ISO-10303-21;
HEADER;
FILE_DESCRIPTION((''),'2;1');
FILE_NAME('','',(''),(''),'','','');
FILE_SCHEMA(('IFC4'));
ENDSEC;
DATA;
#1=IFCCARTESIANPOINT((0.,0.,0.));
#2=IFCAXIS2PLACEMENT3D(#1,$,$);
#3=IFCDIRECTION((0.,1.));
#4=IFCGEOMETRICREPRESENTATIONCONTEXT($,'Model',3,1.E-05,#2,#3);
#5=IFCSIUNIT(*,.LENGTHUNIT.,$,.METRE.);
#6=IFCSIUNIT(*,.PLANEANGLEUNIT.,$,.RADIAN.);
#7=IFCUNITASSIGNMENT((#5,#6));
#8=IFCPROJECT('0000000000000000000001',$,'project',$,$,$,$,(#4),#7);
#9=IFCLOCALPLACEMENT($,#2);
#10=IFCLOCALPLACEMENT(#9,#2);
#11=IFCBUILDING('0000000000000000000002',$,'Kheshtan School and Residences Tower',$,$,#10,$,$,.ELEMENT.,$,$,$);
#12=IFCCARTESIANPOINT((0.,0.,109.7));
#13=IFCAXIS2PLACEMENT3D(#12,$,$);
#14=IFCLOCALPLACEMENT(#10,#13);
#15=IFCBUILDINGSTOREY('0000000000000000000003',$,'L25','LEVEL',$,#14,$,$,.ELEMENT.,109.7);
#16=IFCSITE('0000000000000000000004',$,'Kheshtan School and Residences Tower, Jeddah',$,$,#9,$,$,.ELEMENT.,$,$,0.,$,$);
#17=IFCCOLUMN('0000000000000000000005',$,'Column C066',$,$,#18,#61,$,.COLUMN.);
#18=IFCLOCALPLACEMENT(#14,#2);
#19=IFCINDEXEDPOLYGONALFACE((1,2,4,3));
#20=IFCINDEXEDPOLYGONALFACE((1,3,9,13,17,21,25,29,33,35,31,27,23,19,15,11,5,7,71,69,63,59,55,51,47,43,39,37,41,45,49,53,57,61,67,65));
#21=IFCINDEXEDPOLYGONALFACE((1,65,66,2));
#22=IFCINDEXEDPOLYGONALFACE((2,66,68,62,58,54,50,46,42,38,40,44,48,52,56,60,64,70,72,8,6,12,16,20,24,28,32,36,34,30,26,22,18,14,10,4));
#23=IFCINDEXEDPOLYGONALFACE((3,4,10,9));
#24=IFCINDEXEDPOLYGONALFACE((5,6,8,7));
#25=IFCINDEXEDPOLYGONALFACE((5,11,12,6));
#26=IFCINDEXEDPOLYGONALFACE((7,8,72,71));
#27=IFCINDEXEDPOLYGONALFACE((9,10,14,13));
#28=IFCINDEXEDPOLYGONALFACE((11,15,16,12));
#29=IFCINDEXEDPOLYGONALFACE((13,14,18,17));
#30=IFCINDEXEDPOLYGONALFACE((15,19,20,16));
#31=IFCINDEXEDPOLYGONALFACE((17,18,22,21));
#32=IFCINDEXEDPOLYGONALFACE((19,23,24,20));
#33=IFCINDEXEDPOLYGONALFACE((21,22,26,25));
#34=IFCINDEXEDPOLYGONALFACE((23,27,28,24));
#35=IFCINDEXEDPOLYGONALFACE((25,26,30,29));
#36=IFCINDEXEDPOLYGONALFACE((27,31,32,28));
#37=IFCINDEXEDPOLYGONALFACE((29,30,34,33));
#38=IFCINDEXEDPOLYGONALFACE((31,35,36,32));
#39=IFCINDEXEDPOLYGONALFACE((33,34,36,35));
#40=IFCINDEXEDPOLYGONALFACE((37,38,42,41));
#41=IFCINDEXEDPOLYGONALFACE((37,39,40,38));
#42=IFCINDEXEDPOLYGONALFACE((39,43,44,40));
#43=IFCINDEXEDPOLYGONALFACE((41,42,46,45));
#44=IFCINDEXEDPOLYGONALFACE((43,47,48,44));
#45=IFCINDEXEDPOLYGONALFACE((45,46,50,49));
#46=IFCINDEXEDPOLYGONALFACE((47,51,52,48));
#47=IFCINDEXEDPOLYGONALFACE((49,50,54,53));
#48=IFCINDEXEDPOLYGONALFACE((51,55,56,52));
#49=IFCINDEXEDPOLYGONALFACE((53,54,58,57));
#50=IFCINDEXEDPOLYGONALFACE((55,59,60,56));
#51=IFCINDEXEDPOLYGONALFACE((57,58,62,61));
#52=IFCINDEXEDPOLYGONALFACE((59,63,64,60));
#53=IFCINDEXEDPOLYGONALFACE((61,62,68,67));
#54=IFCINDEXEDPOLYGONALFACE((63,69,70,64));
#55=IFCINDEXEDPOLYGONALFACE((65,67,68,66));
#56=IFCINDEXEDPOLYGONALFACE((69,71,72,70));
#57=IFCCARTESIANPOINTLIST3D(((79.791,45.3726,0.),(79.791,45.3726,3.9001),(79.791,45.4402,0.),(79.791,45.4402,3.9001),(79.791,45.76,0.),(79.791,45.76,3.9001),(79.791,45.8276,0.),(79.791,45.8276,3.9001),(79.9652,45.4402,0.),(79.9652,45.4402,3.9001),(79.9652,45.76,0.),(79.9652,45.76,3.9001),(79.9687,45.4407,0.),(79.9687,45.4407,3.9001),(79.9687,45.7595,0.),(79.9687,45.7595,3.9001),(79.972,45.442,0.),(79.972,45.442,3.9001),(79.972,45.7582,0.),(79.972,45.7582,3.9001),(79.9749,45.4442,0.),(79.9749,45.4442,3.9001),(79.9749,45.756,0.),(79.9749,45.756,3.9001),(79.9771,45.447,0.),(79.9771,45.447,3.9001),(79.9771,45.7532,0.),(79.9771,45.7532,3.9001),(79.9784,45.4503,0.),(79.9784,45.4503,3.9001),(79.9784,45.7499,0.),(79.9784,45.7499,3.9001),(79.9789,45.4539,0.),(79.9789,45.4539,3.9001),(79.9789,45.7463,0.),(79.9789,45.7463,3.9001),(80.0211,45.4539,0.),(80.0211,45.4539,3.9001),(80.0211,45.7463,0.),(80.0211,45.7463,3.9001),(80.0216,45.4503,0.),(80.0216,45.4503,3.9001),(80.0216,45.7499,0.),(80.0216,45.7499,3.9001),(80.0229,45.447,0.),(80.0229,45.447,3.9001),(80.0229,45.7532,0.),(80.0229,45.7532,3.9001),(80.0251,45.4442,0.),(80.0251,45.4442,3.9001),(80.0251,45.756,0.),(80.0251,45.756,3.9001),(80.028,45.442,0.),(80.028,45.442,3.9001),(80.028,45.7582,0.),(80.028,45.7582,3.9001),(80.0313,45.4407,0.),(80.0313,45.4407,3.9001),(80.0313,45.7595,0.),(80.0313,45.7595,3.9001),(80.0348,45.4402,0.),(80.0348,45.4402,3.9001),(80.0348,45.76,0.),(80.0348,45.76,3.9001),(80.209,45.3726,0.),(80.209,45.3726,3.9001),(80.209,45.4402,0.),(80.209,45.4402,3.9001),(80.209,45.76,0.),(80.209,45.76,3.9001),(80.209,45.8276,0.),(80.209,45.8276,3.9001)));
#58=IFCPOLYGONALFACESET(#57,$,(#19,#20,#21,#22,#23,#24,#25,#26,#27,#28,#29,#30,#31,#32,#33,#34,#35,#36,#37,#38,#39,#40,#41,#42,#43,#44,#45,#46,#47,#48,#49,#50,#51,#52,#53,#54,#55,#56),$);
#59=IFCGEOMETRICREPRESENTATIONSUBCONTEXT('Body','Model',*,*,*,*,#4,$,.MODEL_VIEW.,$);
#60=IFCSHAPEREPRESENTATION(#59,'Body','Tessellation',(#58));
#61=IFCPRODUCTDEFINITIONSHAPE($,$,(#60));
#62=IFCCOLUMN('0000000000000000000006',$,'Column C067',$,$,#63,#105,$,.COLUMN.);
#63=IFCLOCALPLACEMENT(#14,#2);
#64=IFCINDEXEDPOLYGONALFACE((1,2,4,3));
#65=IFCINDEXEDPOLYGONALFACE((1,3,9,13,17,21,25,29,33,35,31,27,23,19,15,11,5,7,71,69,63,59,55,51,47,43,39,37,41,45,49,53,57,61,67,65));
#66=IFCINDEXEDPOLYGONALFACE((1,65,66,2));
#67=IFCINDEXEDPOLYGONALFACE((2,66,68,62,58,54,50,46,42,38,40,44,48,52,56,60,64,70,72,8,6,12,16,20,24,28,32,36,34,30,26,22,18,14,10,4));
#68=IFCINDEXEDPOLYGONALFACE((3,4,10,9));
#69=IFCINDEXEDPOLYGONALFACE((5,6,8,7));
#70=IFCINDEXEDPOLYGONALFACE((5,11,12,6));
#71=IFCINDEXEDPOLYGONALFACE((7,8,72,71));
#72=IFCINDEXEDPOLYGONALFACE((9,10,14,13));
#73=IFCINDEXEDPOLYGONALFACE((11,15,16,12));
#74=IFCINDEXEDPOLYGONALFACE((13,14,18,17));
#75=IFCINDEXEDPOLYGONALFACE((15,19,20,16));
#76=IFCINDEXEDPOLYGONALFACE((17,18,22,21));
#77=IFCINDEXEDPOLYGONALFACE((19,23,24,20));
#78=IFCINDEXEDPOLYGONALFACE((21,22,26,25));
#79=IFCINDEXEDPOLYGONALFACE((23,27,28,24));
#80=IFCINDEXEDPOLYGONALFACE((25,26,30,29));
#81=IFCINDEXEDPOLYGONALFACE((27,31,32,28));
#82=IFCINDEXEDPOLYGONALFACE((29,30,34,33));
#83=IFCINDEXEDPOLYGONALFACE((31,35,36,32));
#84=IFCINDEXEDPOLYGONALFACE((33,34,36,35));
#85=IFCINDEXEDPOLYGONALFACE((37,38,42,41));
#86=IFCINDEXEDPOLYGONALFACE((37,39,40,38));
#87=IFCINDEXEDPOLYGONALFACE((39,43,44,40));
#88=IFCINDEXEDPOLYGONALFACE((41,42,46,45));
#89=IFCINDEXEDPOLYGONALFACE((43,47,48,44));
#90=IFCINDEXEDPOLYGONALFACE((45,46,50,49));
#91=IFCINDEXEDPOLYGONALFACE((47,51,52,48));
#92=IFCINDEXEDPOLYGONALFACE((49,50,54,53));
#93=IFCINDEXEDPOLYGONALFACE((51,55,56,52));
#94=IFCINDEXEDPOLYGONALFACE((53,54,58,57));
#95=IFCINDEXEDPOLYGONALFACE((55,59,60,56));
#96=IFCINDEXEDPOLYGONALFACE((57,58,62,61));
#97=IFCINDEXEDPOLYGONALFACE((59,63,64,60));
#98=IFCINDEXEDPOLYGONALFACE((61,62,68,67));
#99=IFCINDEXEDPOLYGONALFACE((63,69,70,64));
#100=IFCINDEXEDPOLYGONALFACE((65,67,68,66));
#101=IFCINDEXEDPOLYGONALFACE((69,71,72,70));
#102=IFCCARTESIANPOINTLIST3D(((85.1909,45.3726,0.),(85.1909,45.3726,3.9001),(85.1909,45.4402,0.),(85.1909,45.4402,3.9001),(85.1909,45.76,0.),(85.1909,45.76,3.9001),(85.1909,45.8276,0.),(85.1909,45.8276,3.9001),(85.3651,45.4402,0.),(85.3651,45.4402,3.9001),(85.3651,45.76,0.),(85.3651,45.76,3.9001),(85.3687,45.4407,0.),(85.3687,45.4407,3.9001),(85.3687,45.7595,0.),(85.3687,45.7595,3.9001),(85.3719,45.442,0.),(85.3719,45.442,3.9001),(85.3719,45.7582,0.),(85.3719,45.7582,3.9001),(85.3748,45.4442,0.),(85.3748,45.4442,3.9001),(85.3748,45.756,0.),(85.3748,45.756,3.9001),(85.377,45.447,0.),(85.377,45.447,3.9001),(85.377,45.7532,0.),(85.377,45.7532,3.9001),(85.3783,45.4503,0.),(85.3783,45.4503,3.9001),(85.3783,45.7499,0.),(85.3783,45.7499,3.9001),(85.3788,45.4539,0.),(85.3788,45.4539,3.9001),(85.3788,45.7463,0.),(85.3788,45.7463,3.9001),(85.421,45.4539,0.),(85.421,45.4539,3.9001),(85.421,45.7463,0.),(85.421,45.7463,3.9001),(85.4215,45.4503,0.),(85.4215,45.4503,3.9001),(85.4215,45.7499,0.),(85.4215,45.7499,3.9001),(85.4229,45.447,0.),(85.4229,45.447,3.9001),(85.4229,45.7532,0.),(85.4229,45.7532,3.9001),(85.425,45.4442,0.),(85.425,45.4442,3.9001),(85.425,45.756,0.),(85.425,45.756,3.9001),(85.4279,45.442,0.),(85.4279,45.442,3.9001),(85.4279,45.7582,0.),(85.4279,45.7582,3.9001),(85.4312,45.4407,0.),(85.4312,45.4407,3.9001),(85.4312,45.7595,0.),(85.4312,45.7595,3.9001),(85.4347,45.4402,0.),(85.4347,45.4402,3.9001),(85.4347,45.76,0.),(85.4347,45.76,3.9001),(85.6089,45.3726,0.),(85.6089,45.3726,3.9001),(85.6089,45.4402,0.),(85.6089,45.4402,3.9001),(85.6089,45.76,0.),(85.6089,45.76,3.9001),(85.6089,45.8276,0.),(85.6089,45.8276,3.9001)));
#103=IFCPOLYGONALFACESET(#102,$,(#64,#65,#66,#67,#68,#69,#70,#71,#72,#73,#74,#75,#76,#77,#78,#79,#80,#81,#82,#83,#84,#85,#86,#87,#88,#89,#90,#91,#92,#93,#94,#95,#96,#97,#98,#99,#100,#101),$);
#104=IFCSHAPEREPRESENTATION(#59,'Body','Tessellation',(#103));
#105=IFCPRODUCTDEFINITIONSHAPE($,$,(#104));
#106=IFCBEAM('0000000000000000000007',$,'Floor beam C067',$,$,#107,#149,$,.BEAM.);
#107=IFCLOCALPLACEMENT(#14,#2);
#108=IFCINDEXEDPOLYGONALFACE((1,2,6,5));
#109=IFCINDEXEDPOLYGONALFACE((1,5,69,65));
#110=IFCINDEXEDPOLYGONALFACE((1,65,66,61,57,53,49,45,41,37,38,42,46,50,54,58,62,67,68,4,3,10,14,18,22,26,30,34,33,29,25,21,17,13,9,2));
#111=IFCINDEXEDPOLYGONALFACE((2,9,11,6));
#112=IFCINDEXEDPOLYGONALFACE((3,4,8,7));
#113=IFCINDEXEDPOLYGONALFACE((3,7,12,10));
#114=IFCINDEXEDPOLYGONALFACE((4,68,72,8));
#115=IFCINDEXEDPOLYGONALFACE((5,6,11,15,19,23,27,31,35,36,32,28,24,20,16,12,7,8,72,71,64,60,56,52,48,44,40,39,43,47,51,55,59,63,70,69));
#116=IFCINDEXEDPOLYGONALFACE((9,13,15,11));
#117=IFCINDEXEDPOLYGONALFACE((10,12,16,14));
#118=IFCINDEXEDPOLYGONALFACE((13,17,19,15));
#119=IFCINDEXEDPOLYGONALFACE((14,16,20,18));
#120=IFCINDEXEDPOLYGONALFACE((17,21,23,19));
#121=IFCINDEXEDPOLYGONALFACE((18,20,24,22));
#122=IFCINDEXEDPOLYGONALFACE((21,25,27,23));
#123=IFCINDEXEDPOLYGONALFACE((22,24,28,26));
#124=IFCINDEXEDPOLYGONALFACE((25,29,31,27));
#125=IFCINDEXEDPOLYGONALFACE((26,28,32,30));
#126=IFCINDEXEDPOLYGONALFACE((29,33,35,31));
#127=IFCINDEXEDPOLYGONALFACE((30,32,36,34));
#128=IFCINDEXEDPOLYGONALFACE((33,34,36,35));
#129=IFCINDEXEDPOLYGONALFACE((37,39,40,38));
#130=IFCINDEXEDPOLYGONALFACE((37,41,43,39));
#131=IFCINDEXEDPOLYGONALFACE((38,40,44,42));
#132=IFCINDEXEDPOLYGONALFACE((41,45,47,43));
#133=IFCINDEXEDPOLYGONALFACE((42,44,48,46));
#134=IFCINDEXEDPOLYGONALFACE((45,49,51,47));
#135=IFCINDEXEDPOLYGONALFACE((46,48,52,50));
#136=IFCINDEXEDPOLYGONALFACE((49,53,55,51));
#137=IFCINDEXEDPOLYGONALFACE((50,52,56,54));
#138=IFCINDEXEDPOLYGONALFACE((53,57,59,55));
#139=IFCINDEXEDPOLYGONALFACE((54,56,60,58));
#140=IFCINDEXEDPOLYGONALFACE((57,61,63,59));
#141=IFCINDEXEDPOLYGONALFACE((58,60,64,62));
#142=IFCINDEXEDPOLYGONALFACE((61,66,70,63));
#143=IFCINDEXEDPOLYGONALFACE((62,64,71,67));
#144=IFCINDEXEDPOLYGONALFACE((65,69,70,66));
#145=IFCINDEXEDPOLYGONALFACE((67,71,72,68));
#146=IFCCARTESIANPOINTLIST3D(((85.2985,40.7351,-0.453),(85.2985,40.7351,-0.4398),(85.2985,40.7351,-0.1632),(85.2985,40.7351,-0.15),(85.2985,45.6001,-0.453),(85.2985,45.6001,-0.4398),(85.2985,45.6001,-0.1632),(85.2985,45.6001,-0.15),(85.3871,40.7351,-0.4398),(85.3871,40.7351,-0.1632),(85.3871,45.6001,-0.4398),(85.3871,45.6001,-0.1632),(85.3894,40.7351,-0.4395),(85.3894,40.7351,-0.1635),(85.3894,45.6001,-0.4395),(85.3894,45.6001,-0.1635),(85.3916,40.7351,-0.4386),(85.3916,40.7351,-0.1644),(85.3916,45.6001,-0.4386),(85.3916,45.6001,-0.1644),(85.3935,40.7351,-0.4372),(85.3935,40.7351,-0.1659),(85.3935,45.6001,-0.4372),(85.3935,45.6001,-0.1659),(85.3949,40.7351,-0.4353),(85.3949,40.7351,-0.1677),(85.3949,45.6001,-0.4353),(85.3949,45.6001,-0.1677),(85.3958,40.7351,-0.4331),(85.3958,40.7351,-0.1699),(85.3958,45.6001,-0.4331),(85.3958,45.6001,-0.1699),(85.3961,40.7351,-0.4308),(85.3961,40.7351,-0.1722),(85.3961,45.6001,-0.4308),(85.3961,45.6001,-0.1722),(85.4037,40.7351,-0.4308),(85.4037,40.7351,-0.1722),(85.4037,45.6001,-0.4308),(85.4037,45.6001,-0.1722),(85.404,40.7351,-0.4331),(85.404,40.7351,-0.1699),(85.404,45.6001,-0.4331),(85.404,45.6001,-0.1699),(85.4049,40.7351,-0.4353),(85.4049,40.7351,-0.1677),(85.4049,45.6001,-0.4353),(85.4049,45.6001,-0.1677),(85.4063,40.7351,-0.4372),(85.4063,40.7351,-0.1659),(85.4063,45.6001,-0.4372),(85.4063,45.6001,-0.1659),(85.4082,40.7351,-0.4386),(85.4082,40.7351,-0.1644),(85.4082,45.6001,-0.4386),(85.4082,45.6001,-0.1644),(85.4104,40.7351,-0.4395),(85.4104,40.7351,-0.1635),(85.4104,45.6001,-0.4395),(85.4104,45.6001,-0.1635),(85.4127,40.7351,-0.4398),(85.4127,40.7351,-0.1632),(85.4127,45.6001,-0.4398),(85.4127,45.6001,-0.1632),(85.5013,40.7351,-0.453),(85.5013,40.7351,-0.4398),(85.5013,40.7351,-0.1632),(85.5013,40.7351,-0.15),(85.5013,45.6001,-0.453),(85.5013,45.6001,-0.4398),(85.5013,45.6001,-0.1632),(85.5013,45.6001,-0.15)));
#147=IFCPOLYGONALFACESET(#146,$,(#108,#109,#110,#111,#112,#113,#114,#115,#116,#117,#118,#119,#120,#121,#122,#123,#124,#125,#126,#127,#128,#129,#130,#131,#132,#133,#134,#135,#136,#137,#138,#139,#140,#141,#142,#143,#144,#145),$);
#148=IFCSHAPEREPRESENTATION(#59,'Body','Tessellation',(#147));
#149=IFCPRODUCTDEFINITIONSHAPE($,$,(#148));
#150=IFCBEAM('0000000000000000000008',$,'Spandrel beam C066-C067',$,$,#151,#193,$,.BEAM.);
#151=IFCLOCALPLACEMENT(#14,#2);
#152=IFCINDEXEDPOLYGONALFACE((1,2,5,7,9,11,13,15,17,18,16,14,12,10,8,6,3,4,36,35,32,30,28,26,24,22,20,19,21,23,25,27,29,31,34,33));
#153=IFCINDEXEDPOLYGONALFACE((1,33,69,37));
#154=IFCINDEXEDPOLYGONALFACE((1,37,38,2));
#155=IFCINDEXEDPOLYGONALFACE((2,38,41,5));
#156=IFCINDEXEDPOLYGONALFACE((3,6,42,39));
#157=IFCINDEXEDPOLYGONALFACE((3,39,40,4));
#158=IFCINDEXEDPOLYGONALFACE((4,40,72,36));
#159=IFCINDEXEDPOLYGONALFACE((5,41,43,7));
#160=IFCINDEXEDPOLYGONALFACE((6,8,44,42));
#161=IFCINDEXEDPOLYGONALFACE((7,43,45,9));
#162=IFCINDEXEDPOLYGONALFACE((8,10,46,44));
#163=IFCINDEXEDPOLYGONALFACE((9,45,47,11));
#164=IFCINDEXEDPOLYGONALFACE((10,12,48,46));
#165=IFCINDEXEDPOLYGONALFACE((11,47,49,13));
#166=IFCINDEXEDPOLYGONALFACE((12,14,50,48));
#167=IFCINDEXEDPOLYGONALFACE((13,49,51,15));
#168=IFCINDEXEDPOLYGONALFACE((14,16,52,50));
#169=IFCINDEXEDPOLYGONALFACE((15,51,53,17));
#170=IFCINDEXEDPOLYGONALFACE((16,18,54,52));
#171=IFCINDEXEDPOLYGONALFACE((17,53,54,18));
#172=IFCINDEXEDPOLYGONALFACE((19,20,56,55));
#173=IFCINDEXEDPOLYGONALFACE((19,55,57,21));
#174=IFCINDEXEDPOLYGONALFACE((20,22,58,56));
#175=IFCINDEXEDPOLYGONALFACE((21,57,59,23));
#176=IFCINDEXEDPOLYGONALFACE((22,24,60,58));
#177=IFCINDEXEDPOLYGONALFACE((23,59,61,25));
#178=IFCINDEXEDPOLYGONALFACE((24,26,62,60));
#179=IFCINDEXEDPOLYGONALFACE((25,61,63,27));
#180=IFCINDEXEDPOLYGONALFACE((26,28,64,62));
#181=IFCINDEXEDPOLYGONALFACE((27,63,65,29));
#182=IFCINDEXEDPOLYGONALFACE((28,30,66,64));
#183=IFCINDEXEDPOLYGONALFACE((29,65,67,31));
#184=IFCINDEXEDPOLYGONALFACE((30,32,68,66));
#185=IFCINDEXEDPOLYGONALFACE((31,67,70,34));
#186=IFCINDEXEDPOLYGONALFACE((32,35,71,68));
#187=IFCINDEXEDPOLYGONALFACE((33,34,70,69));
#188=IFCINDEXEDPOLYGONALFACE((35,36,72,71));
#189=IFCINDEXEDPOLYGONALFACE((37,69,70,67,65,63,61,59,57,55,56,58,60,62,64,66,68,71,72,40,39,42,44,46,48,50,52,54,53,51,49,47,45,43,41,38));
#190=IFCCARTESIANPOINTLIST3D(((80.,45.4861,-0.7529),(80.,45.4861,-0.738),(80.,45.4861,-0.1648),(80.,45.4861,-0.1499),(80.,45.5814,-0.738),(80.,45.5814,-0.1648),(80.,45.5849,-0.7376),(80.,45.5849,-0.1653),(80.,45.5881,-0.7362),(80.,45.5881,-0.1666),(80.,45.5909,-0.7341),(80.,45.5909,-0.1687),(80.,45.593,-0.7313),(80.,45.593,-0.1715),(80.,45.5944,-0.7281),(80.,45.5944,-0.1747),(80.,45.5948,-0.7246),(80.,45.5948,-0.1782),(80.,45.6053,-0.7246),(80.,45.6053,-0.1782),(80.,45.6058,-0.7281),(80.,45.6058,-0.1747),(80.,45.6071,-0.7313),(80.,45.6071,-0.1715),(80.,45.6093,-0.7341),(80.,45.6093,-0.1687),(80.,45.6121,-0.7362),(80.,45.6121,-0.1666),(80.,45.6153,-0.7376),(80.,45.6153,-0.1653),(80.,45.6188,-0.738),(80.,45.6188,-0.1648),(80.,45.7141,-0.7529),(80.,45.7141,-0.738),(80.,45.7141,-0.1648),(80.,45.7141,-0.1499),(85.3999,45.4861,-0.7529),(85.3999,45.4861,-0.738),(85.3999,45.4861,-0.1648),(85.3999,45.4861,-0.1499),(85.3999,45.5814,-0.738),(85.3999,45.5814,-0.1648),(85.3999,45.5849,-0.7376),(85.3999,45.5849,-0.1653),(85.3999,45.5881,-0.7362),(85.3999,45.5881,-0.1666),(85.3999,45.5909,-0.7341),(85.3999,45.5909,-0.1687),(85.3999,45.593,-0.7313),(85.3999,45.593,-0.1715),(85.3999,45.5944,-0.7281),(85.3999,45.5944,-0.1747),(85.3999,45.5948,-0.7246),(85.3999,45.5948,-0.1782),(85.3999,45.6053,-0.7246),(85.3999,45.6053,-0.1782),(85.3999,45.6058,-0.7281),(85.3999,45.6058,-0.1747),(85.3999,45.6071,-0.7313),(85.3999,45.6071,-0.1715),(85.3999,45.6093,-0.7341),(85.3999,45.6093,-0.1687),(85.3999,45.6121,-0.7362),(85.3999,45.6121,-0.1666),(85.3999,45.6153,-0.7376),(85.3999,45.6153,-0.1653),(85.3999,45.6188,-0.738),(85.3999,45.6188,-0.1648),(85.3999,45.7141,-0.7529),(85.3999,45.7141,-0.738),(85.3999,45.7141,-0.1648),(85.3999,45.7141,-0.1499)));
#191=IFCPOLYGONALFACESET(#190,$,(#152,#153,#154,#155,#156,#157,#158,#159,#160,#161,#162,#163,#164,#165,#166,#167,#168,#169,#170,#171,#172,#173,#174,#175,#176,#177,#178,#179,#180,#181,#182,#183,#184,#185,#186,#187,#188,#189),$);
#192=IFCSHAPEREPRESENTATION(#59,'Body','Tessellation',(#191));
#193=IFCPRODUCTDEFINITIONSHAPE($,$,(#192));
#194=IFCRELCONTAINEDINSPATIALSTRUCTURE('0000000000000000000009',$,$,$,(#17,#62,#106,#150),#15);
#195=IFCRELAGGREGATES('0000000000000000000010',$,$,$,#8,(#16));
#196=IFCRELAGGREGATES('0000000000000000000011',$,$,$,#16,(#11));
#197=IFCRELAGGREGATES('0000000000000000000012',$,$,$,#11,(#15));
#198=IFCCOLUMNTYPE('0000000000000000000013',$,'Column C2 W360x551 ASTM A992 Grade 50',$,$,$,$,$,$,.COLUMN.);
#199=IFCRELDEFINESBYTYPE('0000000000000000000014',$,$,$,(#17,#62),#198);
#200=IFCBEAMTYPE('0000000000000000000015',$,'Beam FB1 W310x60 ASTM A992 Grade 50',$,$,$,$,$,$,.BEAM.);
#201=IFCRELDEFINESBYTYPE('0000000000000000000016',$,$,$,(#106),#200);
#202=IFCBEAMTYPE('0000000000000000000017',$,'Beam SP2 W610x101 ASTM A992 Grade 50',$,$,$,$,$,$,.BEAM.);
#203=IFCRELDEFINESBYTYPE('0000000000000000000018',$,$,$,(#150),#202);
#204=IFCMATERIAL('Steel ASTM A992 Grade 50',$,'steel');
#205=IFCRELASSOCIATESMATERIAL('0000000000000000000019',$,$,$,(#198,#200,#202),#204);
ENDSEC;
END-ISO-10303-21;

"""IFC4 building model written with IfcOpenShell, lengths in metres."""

from ifc_helpers import new_model, si_unit, direction, frame, origin, origin_2d, place, context, subcontext, project, spatial, i_section, extrude, material, material_profile, profile_set, type_object, element, save


model = new_model("IFC4")

# Units and contexts
model_context = context("Model", 3, precision=1e-05, world=origin(), true_north=direction((0.0, 1.0)))
body_context = subcontext(model_context, "Body", "Model", "MODEL_VIEW")
ifc_project = project(units=[si_unit("LENGTHUNIT", "METRE"), si_unit("PLANEANGLEUNIT", "RADIAN")], contexts=[model_context])

# Site, building, storey
site_placement = place(None, origin())
site = spatial("IfcSite", under=ifc_project, at=site_placement, Name="Kheshtan School and Residences Tower, Jeddah", CompositionType="ELEMENT", RefElevation=0.0)
building_placement = place(site_placement, origin())
building = spatial("IfcBuilding", under=site, at=building_placement, Name="Kheshtan School and Residences Tower", CompositionType="ELEMENT")
storey_placement = place(building_placement, frame((0.0, 0.0, 109.7)))
storey = spatial("IfcBuildingStorey", under=building, at=storey_placement, Name="L25", Description="LEVEL", CompositionType="ELEMENT", Elevation=109.7)

# Columns
ifc_material_1 = material(Name="Steel ASTM A992 Grade 50", Category="steel")
ifc_material_profile_1 = material_profile(ifc_material_1, i_section(OverallWidth=0.418, OverallDepth=0.4551, WebThickness=0.0422, FlangeThickness=0.0676, FilletRadius=0.0137, at=origin_2d()), Name="W360x551")
ifc_profile_set_1 = profile_set([ifc_material_profile_1], Name="Steel ASTM A992 Grade 50")
column_type = type_object("IfcColumnType", Name="Column C2 W360x551 ASTM A992 Grade 50", PredefinedType="COLUMN", material=ifc_profile_set_1)
for number, where, z_axis, x_axis, name in (
    (1, (80.0, 45.6001, 0.0), (0.0, 0.0, 1.0), (1.0, 0.0, 0.0), "Column C066"),
    (2, (85.3999, 45.6001, 0.0), (0.0, 0.0, 1.0), (1.0, 0.0, 0.0), "Column C067"),
):
    element("IfcColumn", number, at=place(storey_placement, frame(where, z_axis=z_axis, x_axis=x_axis)), inside=storey, type_object=column_type, Name=name, PredefinedType="COLUMN", context=body_context, shape_type="SweptSolid", body=[
        extrude(i_section(OverallWidth=0.418, OverallDepth=0.4551, WebThickness=0.0422, FlangeThickness=0.0676, FilletRadius=0.0137, at=origin_2d()), origin(), (0.0, 0.0, 1.0), 3.9001),
    ])

# Beams
ifc_material_profile_2 = material_profile(ifc_material_1, i_section(OverallWidth=0.2029, OverallDepth=0.303, WebThickness=0.0076, FlangeThickness=0.0132, FilletRadius=0.009, at=origin_2d()), Name="W310x60")
ifc_profile_set_2 = profile_set([ifc_material_profile_2], Name="Steel ASTM A992 Grade 50")
beam_type_1 = type_object("IfcBeamType", Name="Beam FB1 W310x60 ASTM A992 Grade 50", PredefinedType="BEAM", material=ifc_profile_set_2)
beam_1_placement = place(storey_placement, frame((85.3999, 45.6001, -0.3015), z_axis=(0.0, -1.0, 0.0), x_axis=(1.0, 0.0, 0.0)))
element("IfcBeam", 3, at=beam_1_placement, inside=storey, type_object=beam_type_1, Name="Floor beam C067", PredefinedType="BEAM", context=body_context, shape_type="SweptSolid", body=[
    extrude(i_section(OverallWidth=0.2029, OverallDepth=0.303, WebThickness=0.0076, FlangeThickness=0.0132, FilletRadius=0.009, at=origin_2d()), origin(), (0.0, 0.0, 1.0), 4.865),
])
ifc_material_profile_3 = material_profile(ifc_material_1, i_section(OverallWidth=0.228, OverallDepth=0.603, WebThickness=0.0105, FlangeThickness=0.0149, FilletRadius=0.0134, at=origin_2d()), Name="W610x101")
ifc_profile_set_3 = profile_set([ifc_material_profile_3], Name="Steel ASTM A992 Grade 50")
beam_type_2 = type_object("IfcBeamType", Name="Beam SP2 W610x101 ASTM A992 Grade 50", PredefinedType="BEAM", material=ifc_profile_set_3)
beam_2_placement = place(storey_placement, frame((80.0, 45.6001, -0.4514), z_axis=(1.0, 0.0, 0.0), x_axis=(0.0, 1.0, 0.0)))
element("IfcBeam", 4, at=beam_2_placement, inside=storey, type_object=beam_type_2, Name="Spandrel beam C066-C067", PredefinedType="BEAM", context=body_context, shape_type="SweptSolid", body=[
    extrude(i_section(OverallWidth=0.228, OverallDepth=0.603, WebThickness=0.0105, FlangeThickness=0.0149, FilletRadius=0.0134, at=origin_2d()), origin(), (0.0, 0.0, 1.0), 5.3999),
])

save(model, "model.ifc")
